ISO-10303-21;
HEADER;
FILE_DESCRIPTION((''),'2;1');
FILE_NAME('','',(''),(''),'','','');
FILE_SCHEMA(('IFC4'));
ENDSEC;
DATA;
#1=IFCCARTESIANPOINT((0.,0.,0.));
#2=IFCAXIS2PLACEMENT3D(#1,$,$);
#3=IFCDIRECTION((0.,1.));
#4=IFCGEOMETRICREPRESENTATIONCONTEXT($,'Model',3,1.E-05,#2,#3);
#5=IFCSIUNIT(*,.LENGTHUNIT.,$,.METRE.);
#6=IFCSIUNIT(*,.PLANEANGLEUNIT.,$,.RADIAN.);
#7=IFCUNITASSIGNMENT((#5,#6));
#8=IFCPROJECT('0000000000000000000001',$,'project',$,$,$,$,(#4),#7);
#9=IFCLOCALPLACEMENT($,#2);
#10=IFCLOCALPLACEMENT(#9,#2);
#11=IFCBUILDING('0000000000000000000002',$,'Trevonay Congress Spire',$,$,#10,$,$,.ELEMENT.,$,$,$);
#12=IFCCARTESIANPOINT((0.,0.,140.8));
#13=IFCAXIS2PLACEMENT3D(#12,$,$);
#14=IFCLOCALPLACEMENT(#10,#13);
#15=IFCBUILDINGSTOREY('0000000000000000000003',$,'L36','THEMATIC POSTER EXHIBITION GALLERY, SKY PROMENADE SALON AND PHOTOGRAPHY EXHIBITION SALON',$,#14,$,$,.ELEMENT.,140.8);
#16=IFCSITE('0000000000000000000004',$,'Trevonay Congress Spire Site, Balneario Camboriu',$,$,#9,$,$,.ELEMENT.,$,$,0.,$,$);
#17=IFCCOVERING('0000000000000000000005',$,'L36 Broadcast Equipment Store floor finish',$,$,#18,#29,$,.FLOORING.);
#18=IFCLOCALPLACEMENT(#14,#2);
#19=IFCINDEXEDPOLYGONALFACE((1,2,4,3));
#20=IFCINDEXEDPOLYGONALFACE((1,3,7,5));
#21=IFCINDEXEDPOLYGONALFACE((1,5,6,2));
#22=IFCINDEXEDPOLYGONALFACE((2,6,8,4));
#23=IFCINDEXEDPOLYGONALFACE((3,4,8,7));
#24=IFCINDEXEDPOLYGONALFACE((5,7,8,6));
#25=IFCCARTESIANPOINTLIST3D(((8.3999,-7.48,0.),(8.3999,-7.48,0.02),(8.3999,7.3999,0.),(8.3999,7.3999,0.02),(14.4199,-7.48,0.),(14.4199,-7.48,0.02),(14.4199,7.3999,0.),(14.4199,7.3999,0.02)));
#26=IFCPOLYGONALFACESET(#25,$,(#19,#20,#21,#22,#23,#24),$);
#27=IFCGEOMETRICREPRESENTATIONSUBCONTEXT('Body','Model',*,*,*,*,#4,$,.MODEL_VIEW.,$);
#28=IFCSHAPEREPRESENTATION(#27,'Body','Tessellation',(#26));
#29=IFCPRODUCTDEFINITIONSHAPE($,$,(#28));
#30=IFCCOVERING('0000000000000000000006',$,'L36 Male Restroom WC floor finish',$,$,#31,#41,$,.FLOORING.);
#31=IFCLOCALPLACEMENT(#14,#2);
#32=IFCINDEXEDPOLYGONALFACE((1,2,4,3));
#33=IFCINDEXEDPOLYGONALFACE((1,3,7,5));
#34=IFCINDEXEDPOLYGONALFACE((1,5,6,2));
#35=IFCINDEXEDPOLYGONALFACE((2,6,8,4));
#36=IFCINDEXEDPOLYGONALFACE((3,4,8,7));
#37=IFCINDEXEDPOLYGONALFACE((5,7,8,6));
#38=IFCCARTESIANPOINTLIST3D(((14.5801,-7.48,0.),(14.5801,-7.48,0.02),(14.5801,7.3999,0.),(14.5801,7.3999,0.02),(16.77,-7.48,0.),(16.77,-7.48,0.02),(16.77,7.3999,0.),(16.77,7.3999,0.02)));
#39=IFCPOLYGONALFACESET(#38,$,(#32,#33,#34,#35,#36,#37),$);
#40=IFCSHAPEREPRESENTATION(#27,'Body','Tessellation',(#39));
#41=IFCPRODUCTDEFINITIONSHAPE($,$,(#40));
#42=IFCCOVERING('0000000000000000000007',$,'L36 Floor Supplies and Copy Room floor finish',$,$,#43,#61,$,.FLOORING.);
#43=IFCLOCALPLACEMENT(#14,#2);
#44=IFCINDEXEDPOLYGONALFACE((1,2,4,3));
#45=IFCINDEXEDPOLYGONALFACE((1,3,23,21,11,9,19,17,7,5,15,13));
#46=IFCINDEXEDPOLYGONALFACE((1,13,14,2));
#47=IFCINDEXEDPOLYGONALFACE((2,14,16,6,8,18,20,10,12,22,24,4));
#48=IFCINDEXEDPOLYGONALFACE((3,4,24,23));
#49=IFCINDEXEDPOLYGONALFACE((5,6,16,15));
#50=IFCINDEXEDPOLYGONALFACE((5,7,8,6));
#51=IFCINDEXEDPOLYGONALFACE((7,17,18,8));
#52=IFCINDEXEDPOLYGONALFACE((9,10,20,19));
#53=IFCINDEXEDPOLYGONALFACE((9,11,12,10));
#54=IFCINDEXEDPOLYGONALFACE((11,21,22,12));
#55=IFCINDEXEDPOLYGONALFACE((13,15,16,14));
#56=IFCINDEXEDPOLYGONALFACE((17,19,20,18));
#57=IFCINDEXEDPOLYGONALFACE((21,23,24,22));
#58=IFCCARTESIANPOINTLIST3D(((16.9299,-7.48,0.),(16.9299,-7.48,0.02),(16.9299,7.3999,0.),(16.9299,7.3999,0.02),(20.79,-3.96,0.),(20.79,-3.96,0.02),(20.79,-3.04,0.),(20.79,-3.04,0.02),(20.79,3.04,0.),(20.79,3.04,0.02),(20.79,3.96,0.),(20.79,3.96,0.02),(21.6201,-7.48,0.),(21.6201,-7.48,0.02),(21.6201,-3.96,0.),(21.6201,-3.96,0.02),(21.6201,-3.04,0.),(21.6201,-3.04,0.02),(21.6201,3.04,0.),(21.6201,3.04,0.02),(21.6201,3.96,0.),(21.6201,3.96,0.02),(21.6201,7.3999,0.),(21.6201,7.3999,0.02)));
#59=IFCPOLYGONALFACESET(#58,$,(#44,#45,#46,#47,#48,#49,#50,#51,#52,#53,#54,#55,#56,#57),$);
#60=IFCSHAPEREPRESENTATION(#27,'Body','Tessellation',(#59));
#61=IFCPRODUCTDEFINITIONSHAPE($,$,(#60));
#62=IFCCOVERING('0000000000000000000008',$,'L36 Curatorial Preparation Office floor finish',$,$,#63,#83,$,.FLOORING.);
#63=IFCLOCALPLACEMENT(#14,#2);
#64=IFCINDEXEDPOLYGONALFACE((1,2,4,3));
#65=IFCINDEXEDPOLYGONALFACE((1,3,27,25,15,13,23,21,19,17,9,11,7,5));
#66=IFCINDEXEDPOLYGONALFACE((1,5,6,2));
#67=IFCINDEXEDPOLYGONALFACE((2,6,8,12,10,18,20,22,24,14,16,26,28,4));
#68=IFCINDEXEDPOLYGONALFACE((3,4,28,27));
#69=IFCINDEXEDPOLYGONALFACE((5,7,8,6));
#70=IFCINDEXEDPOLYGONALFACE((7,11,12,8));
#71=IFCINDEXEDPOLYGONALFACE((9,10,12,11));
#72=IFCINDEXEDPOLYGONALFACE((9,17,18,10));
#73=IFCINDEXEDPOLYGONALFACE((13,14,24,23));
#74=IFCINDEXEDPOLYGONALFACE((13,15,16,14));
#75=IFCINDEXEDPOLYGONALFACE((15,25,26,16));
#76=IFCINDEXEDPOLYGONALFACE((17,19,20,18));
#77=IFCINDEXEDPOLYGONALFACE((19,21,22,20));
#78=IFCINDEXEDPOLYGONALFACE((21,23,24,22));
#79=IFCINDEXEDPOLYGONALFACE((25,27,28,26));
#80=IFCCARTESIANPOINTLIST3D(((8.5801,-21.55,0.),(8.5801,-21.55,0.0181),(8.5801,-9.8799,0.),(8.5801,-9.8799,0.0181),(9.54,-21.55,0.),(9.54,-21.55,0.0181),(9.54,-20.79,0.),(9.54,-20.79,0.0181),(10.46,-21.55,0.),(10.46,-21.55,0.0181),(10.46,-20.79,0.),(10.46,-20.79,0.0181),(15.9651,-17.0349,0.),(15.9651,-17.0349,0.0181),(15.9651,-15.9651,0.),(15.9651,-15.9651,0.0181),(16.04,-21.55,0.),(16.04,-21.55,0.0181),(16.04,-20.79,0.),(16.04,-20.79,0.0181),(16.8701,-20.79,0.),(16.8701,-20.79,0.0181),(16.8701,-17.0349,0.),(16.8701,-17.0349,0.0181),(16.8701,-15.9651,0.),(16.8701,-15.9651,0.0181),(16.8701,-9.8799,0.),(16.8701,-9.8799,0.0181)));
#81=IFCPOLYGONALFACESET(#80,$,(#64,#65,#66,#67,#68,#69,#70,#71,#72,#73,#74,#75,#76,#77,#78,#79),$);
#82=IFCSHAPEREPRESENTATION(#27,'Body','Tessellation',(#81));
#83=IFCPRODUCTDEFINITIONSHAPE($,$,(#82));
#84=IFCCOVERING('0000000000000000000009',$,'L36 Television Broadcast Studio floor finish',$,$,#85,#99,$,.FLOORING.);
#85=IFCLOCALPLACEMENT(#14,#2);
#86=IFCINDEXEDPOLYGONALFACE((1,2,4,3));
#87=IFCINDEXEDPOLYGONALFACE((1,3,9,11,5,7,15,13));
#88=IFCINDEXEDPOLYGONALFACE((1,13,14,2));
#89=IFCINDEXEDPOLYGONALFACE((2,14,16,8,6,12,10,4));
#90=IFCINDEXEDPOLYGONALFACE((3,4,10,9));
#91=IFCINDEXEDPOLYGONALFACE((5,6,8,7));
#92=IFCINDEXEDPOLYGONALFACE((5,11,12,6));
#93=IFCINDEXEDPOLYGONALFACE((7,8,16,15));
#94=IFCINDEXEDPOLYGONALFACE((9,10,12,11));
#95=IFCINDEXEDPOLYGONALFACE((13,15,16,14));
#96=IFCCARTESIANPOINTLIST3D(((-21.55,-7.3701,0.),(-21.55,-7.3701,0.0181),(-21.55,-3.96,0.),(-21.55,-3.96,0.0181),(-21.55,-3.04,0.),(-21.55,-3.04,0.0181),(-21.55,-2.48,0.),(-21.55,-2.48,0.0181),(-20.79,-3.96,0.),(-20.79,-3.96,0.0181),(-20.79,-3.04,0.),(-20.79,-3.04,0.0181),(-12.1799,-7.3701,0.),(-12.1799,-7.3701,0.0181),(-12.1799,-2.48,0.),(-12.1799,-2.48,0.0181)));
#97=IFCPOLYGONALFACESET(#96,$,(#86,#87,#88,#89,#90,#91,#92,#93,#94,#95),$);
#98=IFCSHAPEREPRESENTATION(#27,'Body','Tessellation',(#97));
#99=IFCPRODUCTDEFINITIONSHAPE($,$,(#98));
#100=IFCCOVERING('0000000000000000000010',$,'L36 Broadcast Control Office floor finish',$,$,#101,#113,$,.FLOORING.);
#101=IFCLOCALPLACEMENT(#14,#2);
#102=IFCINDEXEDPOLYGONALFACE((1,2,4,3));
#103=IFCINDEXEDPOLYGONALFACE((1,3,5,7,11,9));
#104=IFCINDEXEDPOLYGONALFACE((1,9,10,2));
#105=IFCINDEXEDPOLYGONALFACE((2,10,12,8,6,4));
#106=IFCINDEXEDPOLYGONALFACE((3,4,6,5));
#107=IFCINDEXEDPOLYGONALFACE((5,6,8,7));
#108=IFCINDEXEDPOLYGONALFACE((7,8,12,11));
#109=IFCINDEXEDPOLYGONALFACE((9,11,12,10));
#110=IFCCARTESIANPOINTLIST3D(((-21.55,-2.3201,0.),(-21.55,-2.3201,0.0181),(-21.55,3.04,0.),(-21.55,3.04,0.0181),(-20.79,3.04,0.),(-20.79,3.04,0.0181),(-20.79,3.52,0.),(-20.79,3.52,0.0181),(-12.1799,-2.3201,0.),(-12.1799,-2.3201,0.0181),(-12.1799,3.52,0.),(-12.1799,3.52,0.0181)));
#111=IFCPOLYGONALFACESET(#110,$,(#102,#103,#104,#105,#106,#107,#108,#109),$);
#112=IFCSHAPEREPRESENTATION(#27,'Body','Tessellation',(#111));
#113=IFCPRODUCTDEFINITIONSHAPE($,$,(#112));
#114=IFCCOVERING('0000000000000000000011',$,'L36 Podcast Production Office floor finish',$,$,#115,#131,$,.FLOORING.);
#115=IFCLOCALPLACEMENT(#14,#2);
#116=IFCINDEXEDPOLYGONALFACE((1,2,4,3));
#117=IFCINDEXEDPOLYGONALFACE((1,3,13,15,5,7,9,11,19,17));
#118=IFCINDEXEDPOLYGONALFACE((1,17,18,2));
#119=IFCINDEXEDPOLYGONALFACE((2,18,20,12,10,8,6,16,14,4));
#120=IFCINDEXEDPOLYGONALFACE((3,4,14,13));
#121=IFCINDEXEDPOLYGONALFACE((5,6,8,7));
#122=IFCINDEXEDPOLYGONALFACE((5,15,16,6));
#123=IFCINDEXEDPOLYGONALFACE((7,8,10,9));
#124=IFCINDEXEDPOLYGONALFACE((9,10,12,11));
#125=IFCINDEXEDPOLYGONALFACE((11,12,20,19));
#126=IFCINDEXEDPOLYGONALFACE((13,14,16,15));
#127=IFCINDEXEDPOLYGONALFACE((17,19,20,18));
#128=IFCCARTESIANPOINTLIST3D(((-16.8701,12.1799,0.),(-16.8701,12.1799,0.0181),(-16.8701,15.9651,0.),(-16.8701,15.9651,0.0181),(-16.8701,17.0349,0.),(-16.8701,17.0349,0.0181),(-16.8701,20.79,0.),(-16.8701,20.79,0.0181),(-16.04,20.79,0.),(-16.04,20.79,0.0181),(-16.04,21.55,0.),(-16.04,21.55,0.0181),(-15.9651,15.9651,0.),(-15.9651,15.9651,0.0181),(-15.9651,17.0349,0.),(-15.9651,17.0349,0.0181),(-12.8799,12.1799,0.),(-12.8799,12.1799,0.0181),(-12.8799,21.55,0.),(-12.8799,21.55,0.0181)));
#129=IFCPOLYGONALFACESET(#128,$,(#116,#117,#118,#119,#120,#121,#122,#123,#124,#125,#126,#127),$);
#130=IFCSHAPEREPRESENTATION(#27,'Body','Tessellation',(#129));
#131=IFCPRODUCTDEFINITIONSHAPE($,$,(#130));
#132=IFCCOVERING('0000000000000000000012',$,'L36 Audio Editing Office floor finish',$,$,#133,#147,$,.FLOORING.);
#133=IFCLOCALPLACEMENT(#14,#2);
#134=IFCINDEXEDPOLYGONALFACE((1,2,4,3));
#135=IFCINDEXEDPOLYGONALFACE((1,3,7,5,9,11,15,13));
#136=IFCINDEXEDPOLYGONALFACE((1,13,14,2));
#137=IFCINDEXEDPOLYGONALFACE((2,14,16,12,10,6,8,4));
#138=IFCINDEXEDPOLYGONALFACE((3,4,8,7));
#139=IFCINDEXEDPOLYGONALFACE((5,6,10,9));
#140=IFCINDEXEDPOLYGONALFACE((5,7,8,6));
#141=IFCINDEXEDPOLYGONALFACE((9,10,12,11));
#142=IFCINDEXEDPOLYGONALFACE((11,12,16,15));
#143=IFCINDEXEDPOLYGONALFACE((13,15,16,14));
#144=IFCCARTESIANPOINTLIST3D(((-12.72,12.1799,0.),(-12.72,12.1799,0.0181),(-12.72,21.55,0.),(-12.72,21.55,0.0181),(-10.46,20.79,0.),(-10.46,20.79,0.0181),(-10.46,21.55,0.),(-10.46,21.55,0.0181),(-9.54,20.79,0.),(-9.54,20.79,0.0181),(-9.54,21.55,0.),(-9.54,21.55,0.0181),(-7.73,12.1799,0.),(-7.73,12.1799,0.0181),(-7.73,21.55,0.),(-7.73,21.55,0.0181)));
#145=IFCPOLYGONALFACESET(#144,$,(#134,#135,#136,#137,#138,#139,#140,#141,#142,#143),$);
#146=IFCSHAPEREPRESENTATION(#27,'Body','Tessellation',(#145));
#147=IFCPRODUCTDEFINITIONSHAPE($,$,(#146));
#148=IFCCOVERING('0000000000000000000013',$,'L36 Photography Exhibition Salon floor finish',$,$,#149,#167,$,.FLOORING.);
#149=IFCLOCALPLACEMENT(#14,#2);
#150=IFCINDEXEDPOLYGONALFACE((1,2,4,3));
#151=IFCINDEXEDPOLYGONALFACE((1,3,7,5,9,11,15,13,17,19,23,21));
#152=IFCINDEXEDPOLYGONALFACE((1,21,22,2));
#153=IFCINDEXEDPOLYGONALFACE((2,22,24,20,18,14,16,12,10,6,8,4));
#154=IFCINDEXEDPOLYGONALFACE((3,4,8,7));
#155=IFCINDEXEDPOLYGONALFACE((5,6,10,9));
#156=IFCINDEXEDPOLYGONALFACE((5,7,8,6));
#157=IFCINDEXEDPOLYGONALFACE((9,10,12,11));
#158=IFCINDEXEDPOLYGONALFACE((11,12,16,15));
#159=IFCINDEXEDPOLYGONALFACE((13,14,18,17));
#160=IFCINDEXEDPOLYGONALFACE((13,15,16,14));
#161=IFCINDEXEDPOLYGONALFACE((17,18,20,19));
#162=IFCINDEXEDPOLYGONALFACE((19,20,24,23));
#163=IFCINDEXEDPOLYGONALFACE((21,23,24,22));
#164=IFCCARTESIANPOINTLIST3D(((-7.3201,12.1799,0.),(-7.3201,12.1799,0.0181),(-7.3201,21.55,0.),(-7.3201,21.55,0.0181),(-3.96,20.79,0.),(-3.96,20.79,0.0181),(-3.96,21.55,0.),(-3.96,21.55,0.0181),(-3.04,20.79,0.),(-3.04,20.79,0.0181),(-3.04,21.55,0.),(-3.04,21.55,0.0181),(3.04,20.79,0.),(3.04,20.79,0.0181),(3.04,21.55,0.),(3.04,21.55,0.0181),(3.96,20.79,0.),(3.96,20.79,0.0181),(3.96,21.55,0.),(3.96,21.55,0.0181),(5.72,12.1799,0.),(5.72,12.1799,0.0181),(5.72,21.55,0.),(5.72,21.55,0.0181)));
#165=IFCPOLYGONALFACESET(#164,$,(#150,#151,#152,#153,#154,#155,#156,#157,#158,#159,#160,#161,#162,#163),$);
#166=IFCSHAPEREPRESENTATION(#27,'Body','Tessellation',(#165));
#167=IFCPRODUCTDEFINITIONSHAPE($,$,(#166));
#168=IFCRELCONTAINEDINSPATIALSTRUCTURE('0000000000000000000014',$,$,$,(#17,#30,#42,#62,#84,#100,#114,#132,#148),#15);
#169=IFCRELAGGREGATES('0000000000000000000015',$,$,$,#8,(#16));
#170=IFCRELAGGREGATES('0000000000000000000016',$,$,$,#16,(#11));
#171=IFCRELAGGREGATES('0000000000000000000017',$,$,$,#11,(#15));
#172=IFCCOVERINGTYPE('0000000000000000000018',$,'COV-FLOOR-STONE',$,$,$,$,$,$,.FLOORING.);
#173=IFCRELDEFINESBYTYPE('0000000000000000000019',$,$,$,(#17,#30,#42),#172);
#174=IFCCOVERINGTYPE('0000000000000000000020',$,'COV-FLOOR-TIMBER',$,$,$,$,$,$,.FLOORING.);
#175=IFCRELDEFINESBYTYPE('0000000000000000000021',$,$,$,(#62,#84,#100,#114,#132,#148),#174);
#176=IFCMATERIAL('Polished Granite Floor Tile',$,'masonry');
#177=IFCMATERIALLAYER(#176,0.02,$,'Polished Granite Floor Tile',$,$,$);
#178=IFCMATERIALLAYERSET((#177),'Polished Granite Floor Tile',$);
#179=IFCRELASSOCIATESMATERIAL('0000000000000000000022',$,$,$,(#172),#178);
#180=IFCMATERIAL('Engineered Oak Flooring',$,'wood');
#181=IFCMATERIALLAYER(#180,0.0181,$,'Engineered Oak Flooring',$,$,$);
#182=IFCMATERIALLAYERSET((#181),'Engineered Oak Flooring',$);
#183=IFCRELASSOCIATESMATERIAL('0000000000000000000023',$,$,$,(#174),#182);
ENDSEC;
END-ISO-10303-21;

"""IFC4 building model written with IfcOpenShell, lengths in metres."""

from ifc_helpers import new_model, si_unit, direction, frame, origin, place, context, subcontext, project, spatial, polyline, outline, extrude, material, layer, layer_set, type_object, element, save


model = new_model("IFC4")

# Units and contexts
model_context = context("Model", 3, precision=1e-05, world=origin(), true_north=direction((0.0, 1.0)))
body_context = subcontext(model_context, "Body", "Model", "MODEL_VIEW")
ifc_project = project(units=[si_unit("LENGTHUNIT", "METRE"), si_unit("PLANEANGLEUNIT", "RADIAN")], contexts=[model_context])

# Site, building, storey
site_placement = place(None, origin())
site = spatial("IfcSite", under=ifc_project, at=site_placement, Name="Trevonay Congress Spire Site, Balneario Camboriu", CompositionType="ELEMENT", RefElevation=0.0)
building_placement = place(site_placement, origin())
building = spatial("IfcBuilding", under=site, at=building_placement, Name="Trevonay Congress Spire", CompositionType="ELEMENT")
storey_placement = place(building_placement, frame((0.0, 0.0, 140.8)))
storey = spatial("IfcBuildingStorey", under=building, at=storey_placement, Name="L36", Description="THEMATIC POSTER EXHIBITION GALLERY, SKY PROMENADE SALON AND PHOTOGRAPHY EXHIBITION SALON", CompositionType="ELEMENT", Elevation=140.8)

# Coverings
ifc_material_1 = material(Name="Polished Granite Floor Tile", Category="masonry")
ifc_layer_1 = layer(ifc_material_1, 0.02, Name="Polished Granite Floor Tile")
ifc_layer_set_1 = layer_set([ifc_layer_1], Name="Polished Granite Floor Tile")
covering_type_1 = type_object("IfcCoveringType", Name="COV-FLOOR-STONE", PredefinedType="FLOORING", material=ifc_layer_set_1)
covering_1_placement = place(storey_placement, origin())
element("IfcCovering", 1, at=covering_1_placement, inside=storey, type_object=covering_type_1, Name="L36 Broadcast Equipment Store floor finish", PredefinedType="FLOORING", context=body_context, shape_type="SweptSolid", body=[
    extrude(outline(polyline([(8.3999, -7.48), (14.4199, -7.48), (14.4199, 7.3999), (8.3999, 7.3999), (8.3999, -7.48)])), origin(), (0.0, 0.0, 1.0), 0.02),
])
covering_2_placement = place(storey_placement, origin())
element("IfcCovering", 2, at=covering_2_placement, inside=storey, type_object=covering_type_1, Name="L36 Male Restroom WC floor finish", PredefinedType="FLOORING", context=body_context, shape_type="SweptSolid", body=[
    extrude(outline(polyline([(14.5801, -7.48), (16.77, -7.48), (16.77, 7.3999), (14.5801, 7.3999), (14.5801, -7.48)])), origin(), (0.0, 0.0, 1.0), 0.02),
])
covering_3_placement = place(storey_placement, origin())
element("IfcCovering", 3, at=covering_3_placement, inside=storey, type_object=covering_type_1, Name="L36 Floor Supplies and Copy Room floor finish", PredefinedType="FLOORING", context=body_context, shape_type="SweptSolid", body=[
    extrude(outline(polyline([(21.6201, -7.48), (16.9299, -7.48), (16.9299, 7.3999), (21.6201, 7.3999), (21.6201, 3.96), (20.79, 3.96), (20.79, 3.04), (21.6201, 3.04), (21.6201, -3.04), (20.79, -3.04), (20.79, -3.96), (21.6201, -3.96), (21.6201, -7.48)])), origin(), (0.0, 0.0, 1.0), 0.02),
])
ifc_material_2 = material(Name="Engineered Oak Flooring", Category="wood")
ifc_layer_2 = layer(ifc_material_2, 0.0181, Name="Engineered Oak Flooring")
ifc_layer_set_2 = layer_set([ifc_layer_2], Name="Engineered Oak Flooring")
covering_type_2 = type_object("IfcCoveringType", Name="COV-FLOOR-TIMBER", PredefinedType="FLOORING", material=ifc_layer_set_2)
covering_4_placement = place(storey_placement, origin())
element("IfcCovering", 4, at=covering_4_placement, inside=storey, type_object=covering_type_2, Name="L36 Curatorial Preparation Office floor finish", PredefinedType="FLOORING", context=body_context, shape_type="SweptSolid", body=[
    extrude(outline(polyline([(8.5801, -21.55), (8.5801, -9.8799), (16.8701, -9.8799), (16.8701, -15.9651), (15.9651, -15.9651), (15.9651, -17.0349), (16.8701, -17.0349), (16.8701, -20.79), (16.04, -20.79), (16.04, -21.55), (10.46, -21.55), (10.46, -20.79), (9.54, -20.79), (9.54, -21.55), (8.5801, -21.55)])), origin(), (0.0, 0.0, 1.0), 0.0181),
])
covering_5_placement = place(storey_placement, origin())
element("IfcCovering", 5, at=covering_5_placement, inside=storey, type_object=covering_type_2, Name="L36 Television Broadcast Studio floor finish", PredefinedType="FLOORING", context=body_context, shape_type="SweptSolid", body=[
    extrude(outline(polyline([(-21.55, -2.48), (-12.1799, -2.48), (-12.1799, -7.3701), (-21.55, -7.3701), (-21.55, -3.96), (-20.79, -3.96), (-20.79, -3.04), (-21.55, -3.04), (-21.55, -2.48)])), origin(), (0.0, 0.0, 1.0), 0.0181),
])
covering_6_placement = place(storey_placement, origin())
element("IfcCovering", 6, at=covering_6_placement, inside=storey, type_object=covering_type_2, Name="L36 Broadcast Control Office floor finish", PredefinedType="FLOORING", context=body_context, shape_type="SweptSolid", body=[
    extrude(outline(polyline([(-12.1799, 3.52), (-12.1799, -2.3201), (-21.55, -2.3201), (-21.55, 3.04), (-20.79, 3.04), (-20.79, 3.52), (-12.1799, 3.52)])), origin(), (0.0, 0.0, 1.0), 0.0181),
])
covering_7_placement = place(storey_placement, origin())
element("IfcCovering", 7, at=covering_7_placement, inside=storey, type_object=covering_type_2, Name="L36 Podcast Production Office floor finish", PredefinedType="FLOORING", context=body_context, shape_type="SweptSolid", body=[
    extrude(outline(polyline([(-12.8799, 21.55), (-12.8799, 12.1799), (-16.8701, 12.1799), (-16.8701, 15.9651), (-15.9651, 15.9651), (-15.9651, 17.0349), (-16.8701, 17.0349), (-16.8701, 20.79), (-16.04, 20.79), (-16.04, 21.55), (-12.8799, 21.55)])), origin(), (0.0, 0.0, 1.0), 0.0181),
])
covering_8_placement = place(storey_placement, origin())
element("IfcCovering", 8, at=covering_8_placement, inside=storey, type_object=covering_type_2, Name="L36 Audio Editing Office floor finish", PredefinedType="FLOORING", context=body_context, shape_type="SweptSolid", body=[
    extrude(outline(polyline([(-7.73, 21.55), (-7.73, 12.1799), (-12.72, 12.1799), (-12.72, 21.55), (-10.46, 21.55), (-10.46, 20.79), (-9.54, 20.79), (-9.54, 21.55), (-7.73, 21.55)])), origin(), (0.0, 0.0, 1.0), 0.0181),
])
covering_9_placement = place(storey_placement, origin())
element("IfcCovering", 9, at=covering_9_placement, inside=storey, type_object=covering_type_2, Name="L36 Photography Exhibition Salon floor finish", PredefinedType="FLOORING", context=body_context, shape_type="SweptSolid", body=[
    extrude(outline(polyline([(5.72, 21.55), (5.72, 12.1799), (-7.3201, 12.1799), (-7.3201, 21.55), (-3.96, 21.55), (-3.96, 20.79), (-3.04, 20.79), (-3.04, 21.55), (3.04, 21.55), (3.04, 20.79), (3.96, 20.79), (3.96, 21.55), (5.72, 21.55)])), origin(), (0.0, 0.0, 1.0), 0.0181),
])

save(model, "model.ifc")
